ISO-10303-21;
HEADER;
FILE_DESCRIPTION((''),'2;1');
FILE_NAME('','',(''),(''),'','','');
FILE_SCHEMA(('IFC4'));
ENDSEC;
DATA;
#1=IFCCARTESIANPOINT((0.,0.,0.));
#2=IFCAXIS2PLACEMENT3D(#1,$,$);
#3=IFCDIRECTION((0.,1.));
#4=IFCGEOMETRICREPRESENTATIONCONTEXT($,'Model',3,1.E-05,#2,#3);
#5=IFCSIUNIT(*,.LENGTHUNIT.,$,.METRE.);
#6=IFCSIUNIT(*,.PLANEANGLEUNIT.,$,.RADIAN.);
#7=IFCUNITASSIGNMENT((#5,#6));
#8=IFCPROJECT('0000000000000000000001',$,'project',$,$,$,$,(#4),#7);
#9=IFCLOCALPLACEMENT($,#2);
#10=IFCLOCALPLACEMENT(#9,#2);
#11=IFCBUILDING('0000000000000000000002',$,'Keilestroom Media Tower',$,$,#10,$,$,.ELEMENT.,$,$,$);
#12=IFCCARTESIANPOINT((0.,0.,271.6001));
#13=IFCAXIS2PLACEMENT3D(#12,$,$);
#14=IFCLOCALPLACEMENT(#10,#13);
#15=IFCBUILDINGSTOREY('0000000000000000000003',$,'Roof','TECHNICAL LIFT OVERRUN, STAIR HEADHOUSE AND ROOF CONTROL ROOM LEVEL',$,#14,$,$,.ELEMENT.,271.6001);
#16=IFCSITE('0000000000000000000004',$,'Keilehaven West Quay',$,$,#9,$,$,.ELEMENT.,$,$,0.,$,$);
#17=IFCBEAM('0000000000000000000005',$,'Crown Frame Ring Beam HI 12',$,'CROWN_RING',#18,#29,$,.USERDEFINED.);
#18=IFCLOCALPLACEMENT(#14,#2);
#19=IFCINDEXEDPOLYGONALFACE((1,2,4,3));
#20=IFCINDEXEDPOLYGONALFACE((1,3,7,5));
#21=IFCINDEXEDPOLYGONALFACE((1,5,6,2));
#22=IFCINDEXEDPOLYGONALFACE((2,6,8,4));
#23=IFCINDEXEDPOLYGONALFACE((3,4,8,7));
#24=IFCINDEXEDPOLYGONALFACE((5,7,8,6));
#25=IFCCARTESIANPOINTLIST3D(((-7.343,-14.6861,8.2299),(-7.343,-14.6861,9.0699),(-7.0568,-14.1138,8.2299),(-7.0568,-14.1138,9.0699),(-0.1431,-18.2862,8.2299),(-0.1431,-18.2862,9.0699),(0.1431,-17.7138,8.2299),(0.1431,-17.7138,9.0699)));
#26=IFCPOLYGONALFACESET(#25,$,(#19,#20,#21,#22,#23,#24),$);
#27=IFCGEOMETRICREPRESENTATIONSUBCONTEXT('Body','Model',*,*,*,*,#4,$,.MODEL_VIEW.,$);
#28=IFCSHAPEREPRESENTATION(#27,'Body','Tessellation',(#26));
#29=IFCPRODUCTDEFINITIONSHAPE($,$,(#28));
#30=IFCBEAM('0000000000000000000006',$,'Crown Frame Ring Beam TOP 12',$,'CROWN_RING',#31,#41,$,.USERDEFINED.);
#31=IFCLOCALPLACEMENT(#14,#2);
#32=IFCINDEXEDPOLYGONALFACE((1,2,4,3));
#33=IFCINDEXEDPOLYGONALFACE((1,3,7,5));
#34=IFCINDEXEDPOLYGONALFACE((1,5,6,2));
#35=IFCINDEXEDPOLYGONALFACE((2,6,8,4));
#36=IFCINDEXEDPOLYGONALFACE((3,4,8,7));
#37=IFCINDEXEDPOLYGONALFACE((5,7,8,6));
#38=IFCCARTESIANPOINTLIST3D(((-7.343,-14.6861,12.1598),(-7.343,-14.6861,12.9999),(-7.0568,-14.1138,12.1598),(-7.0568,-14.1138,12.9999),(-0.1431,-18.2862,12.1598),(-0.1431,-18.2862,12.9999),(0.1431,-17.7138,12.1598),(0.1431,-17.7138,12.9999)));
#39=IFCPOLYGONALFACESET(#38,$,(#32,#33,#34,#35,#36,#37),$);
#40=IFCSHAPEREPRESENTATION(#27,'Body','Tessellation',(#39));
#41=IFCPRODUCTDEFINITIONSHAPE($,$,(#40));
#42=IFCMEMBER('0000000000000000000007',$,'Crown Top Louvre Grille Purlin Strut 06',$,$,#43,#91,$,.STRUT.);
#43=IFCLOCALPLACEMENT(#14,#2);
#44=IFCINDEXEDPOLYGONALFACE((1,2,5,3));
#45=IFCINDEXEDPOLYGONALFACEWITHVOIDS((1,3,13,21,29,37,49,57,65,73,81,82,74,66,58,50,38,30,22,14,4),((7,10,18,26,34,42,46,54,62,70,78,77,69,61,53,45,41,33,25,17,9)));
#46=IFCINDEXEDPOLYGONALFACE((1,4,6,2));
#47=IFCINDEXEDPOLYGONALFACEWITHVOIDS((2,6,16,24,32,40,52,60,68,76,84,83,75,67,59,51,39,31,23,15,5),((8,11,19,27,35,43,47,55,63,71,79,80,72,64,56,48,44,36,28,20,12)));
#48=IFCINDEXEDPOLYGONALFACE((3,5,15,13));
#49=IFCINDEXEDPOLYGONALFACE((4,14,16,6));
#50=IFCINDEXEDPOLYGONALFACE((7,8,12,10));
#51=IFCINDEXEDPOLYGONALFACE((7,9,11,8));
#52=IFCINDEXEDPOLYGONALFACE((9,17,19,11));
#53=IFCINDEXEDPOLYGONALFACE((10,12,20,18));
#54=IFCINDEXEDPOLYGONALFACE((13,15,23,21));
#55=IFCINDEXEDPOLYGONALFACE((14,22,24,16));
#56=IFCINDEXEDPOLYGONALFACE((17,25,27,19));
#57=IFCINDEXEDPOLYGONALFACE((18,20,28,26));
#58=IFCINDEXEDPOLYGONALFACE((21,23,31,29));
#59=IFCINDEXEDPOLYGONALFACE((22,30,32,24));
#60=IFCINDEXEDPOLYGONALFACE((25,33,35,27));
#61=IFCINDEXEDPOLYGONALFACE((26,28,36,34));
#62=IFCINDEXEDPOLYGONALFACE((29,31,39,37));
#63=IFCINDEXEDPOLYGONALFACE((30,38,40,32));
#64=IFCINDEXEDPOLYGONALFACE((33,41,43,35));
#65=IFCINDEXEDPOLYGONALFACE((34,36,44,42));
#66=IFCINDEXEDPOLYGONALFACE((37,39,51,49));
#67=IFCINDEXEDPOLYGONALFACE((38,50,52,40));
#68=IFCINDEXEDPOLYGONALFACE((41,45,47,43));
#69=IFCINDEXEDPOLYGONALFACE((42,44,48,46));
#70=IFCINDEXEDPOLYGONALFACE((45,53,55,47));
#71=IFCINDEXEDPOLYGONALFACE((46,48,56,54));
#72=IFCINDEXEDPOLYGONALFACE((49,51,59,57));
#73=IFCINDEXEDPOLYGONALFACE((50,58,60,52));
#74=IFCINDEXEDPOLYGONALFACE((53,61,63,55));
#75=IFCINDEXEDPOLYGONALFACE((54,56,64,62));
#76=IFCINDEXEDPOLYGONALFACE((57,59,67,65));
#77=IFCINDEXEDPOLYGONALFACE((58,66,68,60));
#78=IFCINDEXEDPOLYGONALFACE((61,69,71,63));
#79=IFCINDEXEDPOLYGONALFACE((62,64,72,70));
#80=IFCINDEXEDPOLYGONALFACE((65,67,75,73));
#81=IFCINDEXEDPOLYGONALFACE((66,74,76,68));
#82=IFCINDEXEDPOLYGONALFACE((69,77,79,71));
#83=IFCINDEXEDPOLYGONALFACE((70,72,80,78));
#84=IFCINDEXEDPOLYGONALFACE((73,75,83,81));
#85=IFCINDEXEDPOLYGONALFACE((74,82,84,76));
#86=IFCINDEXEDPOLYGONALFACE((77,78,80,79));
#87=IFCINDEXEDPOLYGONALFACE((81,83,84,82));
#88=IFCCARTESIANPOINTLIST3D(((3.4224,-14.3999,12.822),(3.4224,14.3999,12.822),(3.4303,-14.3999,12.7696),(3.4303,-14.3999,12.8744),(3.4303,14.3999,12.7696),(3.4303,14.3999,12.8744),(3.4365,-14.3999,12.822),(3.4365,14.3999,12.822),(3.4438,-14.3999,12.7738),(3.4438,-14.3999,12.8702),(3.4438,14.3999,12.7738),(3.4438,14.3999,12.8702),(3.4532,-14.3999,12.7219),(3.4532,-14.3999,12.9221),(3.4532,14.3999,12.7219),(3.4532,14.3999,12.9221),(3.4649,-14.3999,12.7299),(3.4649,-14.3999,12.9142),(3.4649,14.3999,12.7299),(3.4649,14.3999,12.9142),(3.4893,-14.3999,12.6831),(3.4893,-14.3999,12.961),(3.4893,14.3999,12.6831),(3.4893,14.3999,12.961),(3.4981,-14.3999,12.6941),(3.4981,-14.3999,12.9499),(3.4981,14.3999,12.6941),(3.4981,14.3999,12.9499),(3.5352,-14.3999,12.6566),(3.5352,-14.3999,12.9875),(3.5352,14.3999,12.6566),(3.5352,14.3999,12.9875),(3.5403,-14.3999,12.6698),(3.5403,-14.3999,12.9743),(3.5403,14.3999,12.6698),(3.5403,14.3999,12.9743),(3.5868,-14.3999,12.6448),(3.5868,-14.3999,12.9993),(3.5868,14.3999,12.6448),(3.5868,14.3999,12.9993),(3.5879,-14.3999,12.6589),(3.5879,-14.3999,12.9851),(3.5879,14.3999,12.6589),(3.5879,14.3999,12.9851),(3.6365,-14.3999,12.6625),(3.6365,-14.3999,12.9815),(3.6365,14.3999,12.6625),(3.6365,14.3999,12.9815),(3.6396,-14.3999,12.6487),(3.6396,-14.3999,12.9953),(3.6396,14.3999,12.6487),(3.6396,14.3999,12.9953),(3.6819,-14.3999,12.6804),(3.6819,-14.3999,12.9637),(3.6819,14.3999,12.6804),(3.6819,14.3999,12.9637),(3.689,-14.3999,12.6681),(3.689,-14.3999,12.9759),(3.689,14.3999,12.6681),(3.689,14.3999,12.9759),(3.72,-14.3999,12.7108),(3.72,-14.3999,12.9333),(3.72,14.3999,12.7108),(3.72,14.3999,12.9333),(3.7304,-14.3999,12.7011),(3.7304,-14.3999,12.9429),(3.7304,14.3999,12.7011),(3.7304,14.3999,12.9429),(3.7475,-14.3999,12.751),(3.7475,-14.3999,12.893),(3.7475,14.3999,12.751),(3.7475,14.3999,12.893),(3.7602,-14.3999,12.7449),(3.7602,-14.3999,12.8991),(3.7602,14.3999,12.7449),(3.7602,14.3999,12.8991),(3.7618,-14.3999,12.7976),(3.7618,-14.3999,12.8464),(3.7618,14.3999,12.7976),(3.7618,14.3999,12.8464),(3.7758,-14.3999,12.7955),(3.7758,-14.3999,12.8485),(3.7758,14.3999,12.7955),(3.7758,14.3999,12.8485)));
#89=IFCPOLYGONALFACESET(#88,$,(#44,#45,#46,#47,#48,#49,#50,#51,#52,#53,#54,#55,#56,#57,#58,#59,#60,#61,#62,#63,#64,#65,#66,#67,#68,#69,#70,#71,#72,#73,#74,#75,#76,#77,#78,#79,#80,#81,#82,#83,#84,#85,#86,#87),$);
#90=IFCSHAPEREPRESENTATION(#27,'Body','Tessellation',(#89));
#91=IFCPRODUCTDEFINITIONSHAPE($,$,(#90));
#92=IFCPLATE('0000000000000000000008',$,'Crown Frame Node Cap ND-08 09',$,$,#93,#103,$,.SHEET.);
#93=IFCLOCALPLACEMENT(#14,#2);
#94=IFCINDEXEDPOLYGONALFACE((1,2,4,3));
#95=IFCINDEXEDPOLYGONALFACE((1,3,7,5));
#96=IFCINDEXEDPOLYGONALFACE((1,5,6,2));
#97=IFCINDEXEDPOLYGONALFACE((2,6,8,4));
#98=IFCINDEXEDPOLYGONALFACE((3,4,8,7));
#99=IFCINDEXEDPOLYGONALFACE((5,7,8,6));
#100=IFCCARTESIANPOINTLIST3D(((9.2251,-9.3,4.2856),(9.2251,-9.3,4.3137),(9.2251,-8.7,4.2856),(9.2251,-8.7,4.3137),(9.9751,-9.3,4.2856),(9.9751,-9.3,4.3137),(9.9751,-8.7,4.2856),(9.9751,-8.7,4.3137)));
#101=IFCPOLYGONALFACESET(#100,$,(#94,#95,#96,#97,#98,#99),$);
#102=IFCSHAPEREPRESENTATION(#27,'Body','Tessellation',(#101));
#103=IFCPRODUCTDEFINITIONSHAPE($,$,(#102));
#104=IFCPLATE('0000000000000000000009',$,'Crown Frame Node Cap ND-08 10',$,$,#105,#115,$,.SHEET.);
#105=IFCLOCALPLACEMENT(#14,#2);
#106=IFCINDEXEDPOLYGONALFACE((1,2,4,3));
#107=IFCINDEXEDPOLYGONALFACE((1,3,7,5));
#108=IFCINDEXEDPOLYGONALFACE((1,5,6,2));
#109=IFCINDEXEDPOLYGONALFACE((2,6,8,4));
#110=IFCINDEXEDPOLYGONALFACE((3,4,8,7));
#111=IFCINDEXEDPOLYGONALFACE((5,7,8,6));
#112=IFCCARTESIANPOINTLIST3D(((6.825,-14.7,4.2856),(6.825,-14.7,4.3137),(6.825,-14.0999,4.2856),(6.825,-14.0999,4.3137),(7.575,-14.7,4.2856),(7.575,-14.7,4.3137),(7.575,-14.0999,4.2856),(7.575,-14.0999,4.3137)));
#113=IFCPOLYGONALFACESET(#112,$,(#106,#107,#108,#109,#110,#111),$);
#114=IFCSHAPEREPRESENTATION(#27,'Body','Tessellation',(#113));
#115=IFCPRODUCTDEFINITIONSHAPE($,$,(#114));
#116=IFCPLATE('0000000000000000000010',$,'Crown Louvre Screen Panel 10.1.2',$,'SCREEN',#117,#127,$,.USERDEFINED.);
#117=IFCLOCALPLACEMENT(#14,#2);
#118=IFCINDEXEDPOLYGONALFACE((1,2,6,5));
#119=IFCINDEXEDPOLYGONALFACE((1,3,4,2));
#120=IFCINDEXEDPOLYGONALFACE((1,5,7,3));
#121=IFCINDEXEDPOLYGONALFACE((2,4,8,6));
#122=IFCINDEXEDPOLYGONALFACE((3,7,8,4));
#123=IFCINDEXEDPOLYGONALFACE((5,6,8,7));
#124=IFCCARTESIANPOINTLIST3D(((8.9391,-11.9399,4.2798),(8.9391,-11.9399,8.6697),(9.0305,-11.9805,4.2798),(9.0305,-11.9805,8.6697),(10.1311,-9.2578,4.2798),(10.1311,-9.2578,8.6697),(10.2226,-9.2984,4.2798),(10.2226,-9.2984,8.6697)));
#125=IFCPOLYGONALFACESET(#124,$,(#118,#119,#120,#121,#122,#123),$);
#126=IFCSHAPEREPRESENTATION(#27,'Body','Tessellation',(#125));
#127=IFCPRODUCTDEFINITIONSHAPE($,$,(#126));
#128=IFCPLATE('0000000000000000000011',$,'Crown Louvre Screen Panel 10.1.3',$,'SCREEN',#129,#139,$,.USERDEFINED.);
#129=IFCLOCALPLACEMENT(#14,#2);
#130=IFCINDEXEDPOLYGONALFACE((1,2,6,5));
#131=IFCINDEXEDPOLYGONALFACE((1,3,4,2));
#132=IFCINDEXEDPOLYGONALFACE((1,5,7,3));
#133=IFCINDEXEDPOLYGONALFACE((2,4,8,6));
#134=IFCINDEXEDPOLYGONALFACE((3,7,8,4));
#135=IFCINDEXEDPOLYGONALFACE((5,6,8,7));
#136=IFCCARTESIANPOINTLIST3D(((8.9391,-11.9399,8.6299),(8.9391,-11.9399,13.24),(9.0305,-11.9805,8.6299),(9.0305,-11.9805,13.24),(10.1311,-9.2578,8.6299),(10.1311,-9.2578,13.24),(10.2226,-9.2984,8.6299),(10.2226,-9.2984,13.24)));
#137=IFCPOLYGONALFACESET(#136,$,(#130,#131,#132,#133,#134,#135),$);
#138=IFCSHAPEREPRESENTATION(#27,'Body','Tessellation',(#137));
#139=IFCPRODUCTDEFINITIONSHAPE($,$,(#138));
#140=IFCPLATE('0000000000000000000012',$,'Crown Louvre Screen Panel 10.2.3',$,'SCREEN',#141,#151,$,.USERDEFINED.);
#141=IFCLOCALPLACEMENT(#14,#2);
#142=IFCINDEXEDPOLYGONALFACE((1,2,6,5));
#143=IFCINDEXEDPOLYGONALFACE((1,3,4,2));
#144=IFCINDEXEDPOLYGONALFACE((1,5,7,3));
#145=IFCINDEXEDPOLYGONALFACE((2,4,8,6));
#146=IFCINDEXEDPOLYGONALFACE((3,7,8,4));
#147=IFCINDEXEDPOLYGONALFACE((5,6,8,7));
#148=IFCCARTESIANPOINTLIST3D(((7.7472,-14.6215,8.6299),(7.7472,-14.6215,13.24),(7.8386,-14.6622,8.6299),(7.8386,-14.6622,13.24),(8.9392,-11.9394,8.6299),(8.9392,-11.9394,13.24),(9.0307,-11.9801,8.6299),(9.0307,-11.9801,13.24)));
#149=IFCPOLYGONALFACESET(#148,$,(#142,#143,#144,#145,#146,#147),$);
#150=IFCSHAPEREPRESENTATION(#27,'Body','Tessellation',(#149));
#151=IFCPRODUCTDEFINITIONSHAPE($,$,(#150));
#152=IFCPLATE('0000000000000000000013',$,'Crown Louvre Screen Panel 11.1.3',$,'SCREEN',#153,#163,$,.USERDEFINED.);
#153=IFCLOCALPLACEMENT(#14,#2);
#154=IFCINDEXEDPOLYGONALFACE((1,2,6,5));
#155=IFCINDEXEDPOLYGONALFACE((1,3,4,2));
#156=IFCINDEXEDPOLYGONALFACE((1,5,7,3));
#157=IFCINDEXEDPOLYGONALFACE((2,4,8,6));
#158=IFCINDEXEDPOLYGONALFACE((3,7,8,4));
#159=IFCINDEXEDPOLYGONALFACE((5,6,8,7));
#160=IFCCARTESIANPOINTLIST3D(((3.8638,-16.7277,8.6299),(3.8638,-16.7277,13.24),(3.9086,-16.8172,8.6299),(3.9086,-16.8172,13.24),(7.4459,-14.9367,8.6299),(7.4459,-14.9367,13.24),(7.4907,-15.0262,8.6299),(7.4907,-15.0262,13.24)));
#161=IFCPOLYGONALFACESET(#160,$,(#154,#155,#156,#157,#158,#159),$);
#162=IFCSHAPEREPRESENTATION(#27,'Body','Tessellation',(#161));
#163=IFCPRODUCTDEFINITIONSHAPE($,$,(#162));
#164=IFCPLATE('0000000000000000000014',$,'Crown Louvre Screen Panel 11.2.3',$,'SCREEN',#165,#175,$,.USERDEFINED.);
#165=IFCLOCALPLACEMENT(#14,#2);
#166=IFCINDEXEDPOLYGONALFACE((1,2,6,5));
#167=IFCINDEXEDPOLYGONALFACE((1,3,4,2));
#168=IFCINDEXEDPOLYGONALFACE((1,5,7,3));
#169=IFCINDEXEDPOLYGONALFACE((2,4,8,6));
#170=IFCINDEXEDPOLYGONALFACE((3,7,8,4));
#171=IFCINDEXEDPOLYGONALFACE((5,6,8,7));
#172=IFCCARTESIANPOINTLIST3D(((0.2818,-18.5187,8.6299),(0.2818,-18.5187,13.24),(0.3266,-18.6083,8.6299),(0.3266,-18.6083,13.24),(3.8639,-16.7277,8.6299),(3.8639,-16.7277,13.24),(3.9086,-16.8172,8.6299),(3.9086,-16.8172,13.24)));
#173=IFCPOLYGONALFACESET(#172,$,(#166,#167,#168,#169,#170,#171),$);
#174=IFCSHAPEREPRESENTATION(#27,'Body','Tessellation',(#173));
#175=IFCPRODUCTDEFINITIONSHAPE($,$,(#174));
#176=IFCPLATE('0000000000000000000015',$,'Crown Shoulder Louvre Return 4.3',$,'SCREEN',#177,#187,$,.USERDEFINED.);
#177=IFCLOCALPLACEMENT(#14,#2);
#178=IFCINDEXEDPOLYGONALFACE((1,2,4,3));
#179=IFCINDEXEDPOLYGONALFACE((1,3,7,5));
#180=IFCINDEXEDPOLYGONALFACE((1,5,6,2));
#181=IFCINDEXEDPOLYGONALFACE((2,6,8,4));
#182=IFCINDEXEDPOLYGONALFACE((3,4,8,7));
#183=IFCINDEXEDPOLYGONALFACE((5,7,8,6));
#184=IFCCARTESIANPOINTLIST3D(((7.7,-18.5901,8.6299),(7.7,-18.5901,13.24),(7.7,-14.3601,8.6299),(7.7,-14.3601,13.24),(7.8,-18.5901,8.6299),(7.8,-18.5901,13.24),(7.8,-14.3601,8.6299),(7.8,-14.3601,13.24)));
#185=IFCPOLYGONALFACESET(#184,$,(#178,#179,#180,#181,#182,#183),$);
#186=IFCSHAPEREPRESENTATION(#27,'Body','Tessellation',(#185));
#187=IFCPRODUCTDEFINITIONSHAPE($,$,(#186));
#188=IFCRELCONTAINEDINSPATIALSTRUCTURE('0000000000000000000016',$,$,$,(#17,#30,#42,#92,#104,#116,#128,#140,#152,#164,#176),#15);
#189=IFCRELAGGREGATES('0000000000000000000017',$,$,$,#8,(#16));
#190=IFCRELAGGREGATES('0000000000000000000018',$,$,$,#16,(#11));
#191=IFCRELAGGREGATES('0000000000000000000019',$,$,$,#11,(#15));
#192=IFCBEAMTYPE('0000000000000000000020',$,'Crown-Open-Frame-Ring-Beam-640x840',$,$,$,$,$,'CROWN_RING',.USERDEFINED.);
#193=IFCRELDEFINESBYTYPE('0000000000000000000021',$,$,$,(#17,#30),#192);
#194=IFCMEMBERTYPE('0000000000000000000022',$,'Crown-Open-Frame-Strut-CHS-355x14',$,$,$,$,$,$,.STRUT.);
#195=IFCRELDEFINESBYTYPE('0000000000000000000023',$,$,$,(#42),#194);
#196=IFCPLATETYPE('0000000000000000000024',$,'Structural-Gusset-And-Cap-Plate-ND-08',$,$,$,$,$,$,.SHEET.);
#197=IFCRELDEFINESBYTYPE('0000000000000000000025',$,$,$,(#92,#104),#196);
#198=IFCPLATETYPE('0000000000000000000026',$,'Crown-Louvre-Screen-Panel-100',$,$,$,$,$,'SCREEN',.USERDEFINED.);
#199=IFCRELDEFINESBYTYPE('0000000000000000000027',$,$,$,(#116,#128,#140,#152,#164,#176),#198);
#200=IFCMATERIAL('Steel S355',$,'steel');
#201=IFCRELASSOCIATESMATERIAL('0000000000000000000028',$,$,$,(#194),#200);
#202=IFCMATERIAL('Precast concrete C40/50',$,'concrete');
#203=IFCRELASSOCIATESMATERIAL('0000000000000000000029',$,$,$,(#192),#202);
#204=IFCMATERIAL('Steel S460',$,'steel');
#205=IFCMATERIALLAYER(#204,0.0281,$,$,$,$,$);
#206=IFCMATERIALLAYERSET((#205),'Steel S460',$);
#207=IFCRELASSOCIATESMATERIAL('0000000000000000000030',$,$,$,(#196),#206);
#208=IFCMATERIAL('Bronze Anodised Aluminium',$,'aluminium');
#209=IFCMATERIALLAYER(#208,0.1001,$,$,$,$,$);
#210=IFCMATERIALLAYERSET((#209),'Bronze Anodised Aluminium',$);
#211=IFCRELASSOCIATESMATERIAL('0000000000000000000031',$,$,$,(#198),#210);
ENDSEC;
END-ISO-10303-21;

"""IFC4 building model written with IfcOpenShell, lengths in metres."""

from ifc_helpers import new_model, si_unit, direction, frame, origin, origin_2d, place, context, subcontext, project, spatial, rectangle, hollow_circle, extrude, source, transform, mapped, material, layer, layer_set, material_profile, profile_set, type_object, element, save


model = new_model("IFC4")

# Units and contexts
model_context = context("Model", 3, precision=1e-05, world=origin(), true_north=direction((0.0, 1.0)))
body_context = subcontext(model_context, "Body", "Model", "MODEL_VIEW")
ifc_project = project(units=[si_unit("LENGTHUNIT", "METRE"), si_unit("PLANEANGLEUNIT", "RADIAN")], contexts=[model_context])

# Site, building, storey
site_placement = place(None, origin())
site = spatial("IfcSite", under=ifc_project, at=site_placement, Name="Keilehaven West Quay", CompositionType="ELEMENT", RefElevation=0.0)
building_placement = place(site_placement, origin())
building = spatial("IfcBuilding", under=site, at=building_placement, Name="Keilestroom Media Tower", CompositionType="ELEMENT")
storey_placement = place(building_placement, frame((0.0, 0.0, 271.6001)))
storey = spatial("IfcBuildingStorey", under=building, at=storey_placement, Name="Roof", Description="TECHNICAL LIFT OVERRUN, STAIR HEADHOUSE AND ROOF CONTROL ROOM LEVEL", CompositionType="ELEMENT", Elevation=271.6001)

# Shared definitions
ifc_material_1 = material(Name="Steel S355", Category="steel")
ifc_material_profile_1 = material_profile(ifc_material_1, hollow_circle(Radius=0.1777, WallThickness=0.0142, at=origin_2d()), Name="CHS 355.6x14.2")
ifc_profile_set_1 = profile_set([ifc_material_profile_1], Name="Steel S355")
member_type = type_object("IfcMemberType", Name="Crown-Open-Frame-Strut-CHS-355x14", PredefinedType="STRUT", material=ifc_profile_set_1)

# Shared definitions
ifc_material_2 = material(Name="Precast concrete C40/50", Category="concrete")
ifc_material_profile_2 = material_profile(ifc_material_2, rectangle(XDim=0.6399, YDim=0.8401, at=origin_2d()), Name="CF 640x840")
ifc_profile_set_2 = profile_set([ifc_material_profile_2], Name="Precast concrete C40/50")
beam_type = type_object("IfcBeamType", Name="Crown-Open-Frame-Ring-Beam-640x840", ElementType="CROWN_RING", PredefinedType="USERDEFINED", material=ifc_profile_set_2)

# Beams
shared_shape_1 = source(origin(), body_context, "Body", "SweptSolid", [
    extrude(rectangle(XDim=0.6399, YDim=0.8401, at=origin_2d()), origin(), (0.0, 0.0, 1.0), 8.0498),
])
for number, where, z_axis, x_axis, name in (
    (1, (0.0, -18.0, 8.6499), (-0.894421, 0.447226, 0.0), (-0.447226, -0.894421, 0.0), "Crown Frame Ring Beam HI 12"),
    (2, (0.0, -18.0, 12.5798), (-0.894421, 0.447226, 0.0), (-0.447226, -0.894421, 0.0), "Crown Frame Ring Beam TOP 12"),
):
    element("IfcBeam", number, at=place(storey_placement, frame(where, z_axis=z_axis, x_axis=x_axis)), inside=storey, type_object=beam_type, Name=name, ObjectType="CROWN_RING", PredefinedType="USERDEFINED", context=body_context, shape_type="MappedRepresentation", body=[
        mapped(shared_shape_1, transform((0.0, 0.0, 0.0), x_axis=(1.0, 0.0, 0.0), y_axis=(0.0, 1.0, 0.0), z_axis=(0.0, 0.0, 1.0), scale=1.0)),
    ])

# Member
shared_shape_2 = source(origin(), body_context, "Body", "SweptSolid", [
    extrude(hollow_circle(Radius=0.1777, WallThickness=0.0142, at=origin_2d()), origin(), (0.0, 0.0, 1.0), 28.7998),
])
member_1_placement = place(storey_placement, frame((3.6001, -14.3999, 12.822), z_axis=(0.0, 1.0, 0.0), x_axis=(-1.0, 0.0, 0.0)))
element("IfcMember", 3, at=member_1_placement, inside=storey, type_object=member_type, Name="Crown Top Louvre Grille Purlin Strut 06", PredefinedType="STRUT", context=body_context, shape_type="MappedRepresentation", body=[
    mapped(shared_shape_2, transform((0.0, 0.0, 0.0), x_axis=(1.0, 0.0, 0.0), y_axis=(0.0, 1.0, 0.0), z_axis=(0.0, 0.0, 1.0), scale=1.0)),
])

# Plates
ifc_material_3 = material(Name="Steel S460", Category="steel")
ifc_layer_1 = layer(ifc_material_3, 0.0281)
ifc_layer_set_1 = layer_set([ifc_layer_1], Name="Steel S460")
plate_type_1 = type_object("IfcPlateType", Name="Structural-Gusset-And-Cap-Plate-ND-08", PredefinedType="SHEET", material=ifc_layer_set_1)
shared_shape_3 = source(origin(), body_context, "Body", "SweptSolid", [
    extrude(rectangle(XDim=0.75, YDim=0.6001, at=origin_2d()), origin(), (0.0, 0.0, 1.0), 0.0281),
])
for number, where, z_axis, x_axis, name in (
    (4, (9.6001, -9.0, 4.2856), (0.0, 0.0, 1.0), (1.0, 0.0, 0.0), "Crown Frame Node Cap ND-08 09"),
    (5, (7.2, -14.3999, 4.2856), (0.0, 0.0, 1.0), (1.0, 0.0, 0.0), "Crown Frame Node Cap ND-08 10"),
):
    element("IfcPlate", number, at=place(storey_placement, frame(where, z_axis=z_axis, x_axis=x_axis)), inside=storey, type_object=plate_type_1, Name=name, PredefinedType="SHEET", context=body_context, shape_type="MappedRepresentation", body=[
        mapped(shared_shape_3, transform((0.0, 0.0, 0.0), x_axis=(1.0, 0.0, 0.0), y_axis=(0.0, 1.0, 0.0), z_axis=(0.0, 0.0, 1.0), scale=1.0)),
    ])
ifc_material_4 = material(Name="Bronze Anodised Aluminium", Category="aluminium")
ifc_layer_2 = layer(ifc_material_4, 0.1001)
ifc_layer_set_2 = layer_set([ifc_layer_2], Name="Bronze Anodised Aluminium")
plate_type_2 = type_object("IfcPlateType", Name="Crown-Louvre-Screen-Panel-100", ElementType="SCREEN", PredefinedType="USERDEFINED", material=ifc_layer_set_2)
shared_shape_4 = source(origin(), body_context, "Body", "SweptSolid", [
    extrude(rectangle(XDim=2.9351, YDim=0.1001, at=origin_2d()), origin(), (0.0, 0.0, 1.0), 4.3899),
])
plate_1_placement = place(storey_placement, frame((9.5808, -10.6191, 4.2798), z_axis=(0.0, 0.0, 1.0), x_axis=(-0.406139, -0.913811, 0.0)))
element("IfcPlate", 6, at=plate_1_placement, inside=storey, type_object=plate_type_2, Name="Crown Louvre Screen Panel 10.1.2", ObjectType="SCREEN", PredefinedType="USERDEFINED", context=body_context, shape_type="MappedRepresentation", body=[
    mapped(shared_shape_4, transform((0.0, 0.0, 0.0), x_axis=(1.0, 0.0, 0.0), y_axis=(0.0, 1.0, 0.0), z_axis=(0.0, 0.0, 1.0), scale=1.0)),
])
shared_shape_5 = source(origin(), body_context, "Body", "SweptSolid", [
    extrude(rectangle(XDim=2.9351, YDim=0.1001, at=origin_2d()), origin(), (0.0, 0.0, 1.0), 4.6101),
])
for number, where, z_axis, x_axis, name in (
    (7, (9.5808, -10.6191, 8.6299), (0.0, 0.0, 1.0), (-0.406139, -0.913811, 0.0), "Crown Louvre Screen Panel 10.1.3"),
    (8, (8.3889, -13.3008, 8.6299), (0.0, 0.0, 1.0), (-0.406139, -0.913811, 0.0), "Crown Louvre Screen Panel 10.2.3"),
):
    element("IfcPlate", number, at=place(storey_placement, frame(where, z_axis=z_axis, x_axis=x_axis)), inside=storey, type_object=plate_type_2, Name=name, ObjectType="SCREEN", PredefinedType="USERDEFINED", context=body_context, shape_type="MappedRepresentation", body=[
        mapped(shared_shape_5, transform((0.0, 0.0, 0.0), x_axis=(1.0, 0.0, 0.0), y_axis=(0.0, 1.0, 0.0), z_axis=(0.0, 0.0, 1.0), scale=1.0)),
    ])
shared_shape_6 = source(origin(), body_context, "Body", "SweptSolid", [
    extrude(rectangle(XDim=4.0049, YDim=0.1001, at=origin_2d()), origin(), (0.0, 0.0, 1.0), 4.6101),
])
for number, where, z_axis, x_axis, name in (
    (9, (5.6772, -15.877, 8.6299), (0.0, 0.0, 1.0), (-0.894427, -0.447214, 0.0), "Crown Louvre Screen Panel 11.1.3"),
    (10, (2.0952, -17.668, 8.6299), (0.0, 0.0, 1.0), (-0.894427, -0.447214, 0.0), "Crown Louvre Screen Panel 11.2.3"),
):
    element("IfcPlate", number, at=place(storey_placement, frame(where, z_axis=z_axis, x_axis=x_axis)), inside=storey, type_object=plate_type_2, Name=name, ObjectType="SCREEN", PredefinedType="USERDEFINED", context=body_context, shape_type="MappedRepresentation", body=[
        mapped(shared_shape_6, transform((0.0, 0.0, 0.0), x_axis=(1.0, 0.0, 0.0), y_axis=(0.0, 1.0, 0.0), z_axis=(0.0, 0.0, 1.0), scale=1.0)),
    ])
shared_shape_7 = source(origin(), body_context, "Body", "SweptSolid", [
    extrude(rectangle(XDim=4.23, YDim=0.1001, at=origin_2d()), origin(), (0.0, 0.0, 1.0), 4.6101),
])
plate_2_placement = place(storey_placement, frame((7.75, -16.4751, 8.6299), z_axis=(0.0, 0.0, 1.0), x_axis=(0.0, 1.0, 0.0)))
element("IfcPlate", 11, at=plate_2_placement, inside=storey, type_object=plate_type_2, Name="Crown Shoulder Louvre Return 4.3", ObjectType="SCREEN", PredefinedType="USERDEFINED", context=body_context, shape_type="MappedRepresentation", body=[
    mapped(shared_shape_7, transform((0.0, 0.0, 0.0), x_axis=(1.0, 0.0, 0.0), y_axis=(0.0, 1.0, 0.0), z_axis=(0.0, 0.0, 1.0), scale=1.0)),
])

save(model, "model.ifc")
